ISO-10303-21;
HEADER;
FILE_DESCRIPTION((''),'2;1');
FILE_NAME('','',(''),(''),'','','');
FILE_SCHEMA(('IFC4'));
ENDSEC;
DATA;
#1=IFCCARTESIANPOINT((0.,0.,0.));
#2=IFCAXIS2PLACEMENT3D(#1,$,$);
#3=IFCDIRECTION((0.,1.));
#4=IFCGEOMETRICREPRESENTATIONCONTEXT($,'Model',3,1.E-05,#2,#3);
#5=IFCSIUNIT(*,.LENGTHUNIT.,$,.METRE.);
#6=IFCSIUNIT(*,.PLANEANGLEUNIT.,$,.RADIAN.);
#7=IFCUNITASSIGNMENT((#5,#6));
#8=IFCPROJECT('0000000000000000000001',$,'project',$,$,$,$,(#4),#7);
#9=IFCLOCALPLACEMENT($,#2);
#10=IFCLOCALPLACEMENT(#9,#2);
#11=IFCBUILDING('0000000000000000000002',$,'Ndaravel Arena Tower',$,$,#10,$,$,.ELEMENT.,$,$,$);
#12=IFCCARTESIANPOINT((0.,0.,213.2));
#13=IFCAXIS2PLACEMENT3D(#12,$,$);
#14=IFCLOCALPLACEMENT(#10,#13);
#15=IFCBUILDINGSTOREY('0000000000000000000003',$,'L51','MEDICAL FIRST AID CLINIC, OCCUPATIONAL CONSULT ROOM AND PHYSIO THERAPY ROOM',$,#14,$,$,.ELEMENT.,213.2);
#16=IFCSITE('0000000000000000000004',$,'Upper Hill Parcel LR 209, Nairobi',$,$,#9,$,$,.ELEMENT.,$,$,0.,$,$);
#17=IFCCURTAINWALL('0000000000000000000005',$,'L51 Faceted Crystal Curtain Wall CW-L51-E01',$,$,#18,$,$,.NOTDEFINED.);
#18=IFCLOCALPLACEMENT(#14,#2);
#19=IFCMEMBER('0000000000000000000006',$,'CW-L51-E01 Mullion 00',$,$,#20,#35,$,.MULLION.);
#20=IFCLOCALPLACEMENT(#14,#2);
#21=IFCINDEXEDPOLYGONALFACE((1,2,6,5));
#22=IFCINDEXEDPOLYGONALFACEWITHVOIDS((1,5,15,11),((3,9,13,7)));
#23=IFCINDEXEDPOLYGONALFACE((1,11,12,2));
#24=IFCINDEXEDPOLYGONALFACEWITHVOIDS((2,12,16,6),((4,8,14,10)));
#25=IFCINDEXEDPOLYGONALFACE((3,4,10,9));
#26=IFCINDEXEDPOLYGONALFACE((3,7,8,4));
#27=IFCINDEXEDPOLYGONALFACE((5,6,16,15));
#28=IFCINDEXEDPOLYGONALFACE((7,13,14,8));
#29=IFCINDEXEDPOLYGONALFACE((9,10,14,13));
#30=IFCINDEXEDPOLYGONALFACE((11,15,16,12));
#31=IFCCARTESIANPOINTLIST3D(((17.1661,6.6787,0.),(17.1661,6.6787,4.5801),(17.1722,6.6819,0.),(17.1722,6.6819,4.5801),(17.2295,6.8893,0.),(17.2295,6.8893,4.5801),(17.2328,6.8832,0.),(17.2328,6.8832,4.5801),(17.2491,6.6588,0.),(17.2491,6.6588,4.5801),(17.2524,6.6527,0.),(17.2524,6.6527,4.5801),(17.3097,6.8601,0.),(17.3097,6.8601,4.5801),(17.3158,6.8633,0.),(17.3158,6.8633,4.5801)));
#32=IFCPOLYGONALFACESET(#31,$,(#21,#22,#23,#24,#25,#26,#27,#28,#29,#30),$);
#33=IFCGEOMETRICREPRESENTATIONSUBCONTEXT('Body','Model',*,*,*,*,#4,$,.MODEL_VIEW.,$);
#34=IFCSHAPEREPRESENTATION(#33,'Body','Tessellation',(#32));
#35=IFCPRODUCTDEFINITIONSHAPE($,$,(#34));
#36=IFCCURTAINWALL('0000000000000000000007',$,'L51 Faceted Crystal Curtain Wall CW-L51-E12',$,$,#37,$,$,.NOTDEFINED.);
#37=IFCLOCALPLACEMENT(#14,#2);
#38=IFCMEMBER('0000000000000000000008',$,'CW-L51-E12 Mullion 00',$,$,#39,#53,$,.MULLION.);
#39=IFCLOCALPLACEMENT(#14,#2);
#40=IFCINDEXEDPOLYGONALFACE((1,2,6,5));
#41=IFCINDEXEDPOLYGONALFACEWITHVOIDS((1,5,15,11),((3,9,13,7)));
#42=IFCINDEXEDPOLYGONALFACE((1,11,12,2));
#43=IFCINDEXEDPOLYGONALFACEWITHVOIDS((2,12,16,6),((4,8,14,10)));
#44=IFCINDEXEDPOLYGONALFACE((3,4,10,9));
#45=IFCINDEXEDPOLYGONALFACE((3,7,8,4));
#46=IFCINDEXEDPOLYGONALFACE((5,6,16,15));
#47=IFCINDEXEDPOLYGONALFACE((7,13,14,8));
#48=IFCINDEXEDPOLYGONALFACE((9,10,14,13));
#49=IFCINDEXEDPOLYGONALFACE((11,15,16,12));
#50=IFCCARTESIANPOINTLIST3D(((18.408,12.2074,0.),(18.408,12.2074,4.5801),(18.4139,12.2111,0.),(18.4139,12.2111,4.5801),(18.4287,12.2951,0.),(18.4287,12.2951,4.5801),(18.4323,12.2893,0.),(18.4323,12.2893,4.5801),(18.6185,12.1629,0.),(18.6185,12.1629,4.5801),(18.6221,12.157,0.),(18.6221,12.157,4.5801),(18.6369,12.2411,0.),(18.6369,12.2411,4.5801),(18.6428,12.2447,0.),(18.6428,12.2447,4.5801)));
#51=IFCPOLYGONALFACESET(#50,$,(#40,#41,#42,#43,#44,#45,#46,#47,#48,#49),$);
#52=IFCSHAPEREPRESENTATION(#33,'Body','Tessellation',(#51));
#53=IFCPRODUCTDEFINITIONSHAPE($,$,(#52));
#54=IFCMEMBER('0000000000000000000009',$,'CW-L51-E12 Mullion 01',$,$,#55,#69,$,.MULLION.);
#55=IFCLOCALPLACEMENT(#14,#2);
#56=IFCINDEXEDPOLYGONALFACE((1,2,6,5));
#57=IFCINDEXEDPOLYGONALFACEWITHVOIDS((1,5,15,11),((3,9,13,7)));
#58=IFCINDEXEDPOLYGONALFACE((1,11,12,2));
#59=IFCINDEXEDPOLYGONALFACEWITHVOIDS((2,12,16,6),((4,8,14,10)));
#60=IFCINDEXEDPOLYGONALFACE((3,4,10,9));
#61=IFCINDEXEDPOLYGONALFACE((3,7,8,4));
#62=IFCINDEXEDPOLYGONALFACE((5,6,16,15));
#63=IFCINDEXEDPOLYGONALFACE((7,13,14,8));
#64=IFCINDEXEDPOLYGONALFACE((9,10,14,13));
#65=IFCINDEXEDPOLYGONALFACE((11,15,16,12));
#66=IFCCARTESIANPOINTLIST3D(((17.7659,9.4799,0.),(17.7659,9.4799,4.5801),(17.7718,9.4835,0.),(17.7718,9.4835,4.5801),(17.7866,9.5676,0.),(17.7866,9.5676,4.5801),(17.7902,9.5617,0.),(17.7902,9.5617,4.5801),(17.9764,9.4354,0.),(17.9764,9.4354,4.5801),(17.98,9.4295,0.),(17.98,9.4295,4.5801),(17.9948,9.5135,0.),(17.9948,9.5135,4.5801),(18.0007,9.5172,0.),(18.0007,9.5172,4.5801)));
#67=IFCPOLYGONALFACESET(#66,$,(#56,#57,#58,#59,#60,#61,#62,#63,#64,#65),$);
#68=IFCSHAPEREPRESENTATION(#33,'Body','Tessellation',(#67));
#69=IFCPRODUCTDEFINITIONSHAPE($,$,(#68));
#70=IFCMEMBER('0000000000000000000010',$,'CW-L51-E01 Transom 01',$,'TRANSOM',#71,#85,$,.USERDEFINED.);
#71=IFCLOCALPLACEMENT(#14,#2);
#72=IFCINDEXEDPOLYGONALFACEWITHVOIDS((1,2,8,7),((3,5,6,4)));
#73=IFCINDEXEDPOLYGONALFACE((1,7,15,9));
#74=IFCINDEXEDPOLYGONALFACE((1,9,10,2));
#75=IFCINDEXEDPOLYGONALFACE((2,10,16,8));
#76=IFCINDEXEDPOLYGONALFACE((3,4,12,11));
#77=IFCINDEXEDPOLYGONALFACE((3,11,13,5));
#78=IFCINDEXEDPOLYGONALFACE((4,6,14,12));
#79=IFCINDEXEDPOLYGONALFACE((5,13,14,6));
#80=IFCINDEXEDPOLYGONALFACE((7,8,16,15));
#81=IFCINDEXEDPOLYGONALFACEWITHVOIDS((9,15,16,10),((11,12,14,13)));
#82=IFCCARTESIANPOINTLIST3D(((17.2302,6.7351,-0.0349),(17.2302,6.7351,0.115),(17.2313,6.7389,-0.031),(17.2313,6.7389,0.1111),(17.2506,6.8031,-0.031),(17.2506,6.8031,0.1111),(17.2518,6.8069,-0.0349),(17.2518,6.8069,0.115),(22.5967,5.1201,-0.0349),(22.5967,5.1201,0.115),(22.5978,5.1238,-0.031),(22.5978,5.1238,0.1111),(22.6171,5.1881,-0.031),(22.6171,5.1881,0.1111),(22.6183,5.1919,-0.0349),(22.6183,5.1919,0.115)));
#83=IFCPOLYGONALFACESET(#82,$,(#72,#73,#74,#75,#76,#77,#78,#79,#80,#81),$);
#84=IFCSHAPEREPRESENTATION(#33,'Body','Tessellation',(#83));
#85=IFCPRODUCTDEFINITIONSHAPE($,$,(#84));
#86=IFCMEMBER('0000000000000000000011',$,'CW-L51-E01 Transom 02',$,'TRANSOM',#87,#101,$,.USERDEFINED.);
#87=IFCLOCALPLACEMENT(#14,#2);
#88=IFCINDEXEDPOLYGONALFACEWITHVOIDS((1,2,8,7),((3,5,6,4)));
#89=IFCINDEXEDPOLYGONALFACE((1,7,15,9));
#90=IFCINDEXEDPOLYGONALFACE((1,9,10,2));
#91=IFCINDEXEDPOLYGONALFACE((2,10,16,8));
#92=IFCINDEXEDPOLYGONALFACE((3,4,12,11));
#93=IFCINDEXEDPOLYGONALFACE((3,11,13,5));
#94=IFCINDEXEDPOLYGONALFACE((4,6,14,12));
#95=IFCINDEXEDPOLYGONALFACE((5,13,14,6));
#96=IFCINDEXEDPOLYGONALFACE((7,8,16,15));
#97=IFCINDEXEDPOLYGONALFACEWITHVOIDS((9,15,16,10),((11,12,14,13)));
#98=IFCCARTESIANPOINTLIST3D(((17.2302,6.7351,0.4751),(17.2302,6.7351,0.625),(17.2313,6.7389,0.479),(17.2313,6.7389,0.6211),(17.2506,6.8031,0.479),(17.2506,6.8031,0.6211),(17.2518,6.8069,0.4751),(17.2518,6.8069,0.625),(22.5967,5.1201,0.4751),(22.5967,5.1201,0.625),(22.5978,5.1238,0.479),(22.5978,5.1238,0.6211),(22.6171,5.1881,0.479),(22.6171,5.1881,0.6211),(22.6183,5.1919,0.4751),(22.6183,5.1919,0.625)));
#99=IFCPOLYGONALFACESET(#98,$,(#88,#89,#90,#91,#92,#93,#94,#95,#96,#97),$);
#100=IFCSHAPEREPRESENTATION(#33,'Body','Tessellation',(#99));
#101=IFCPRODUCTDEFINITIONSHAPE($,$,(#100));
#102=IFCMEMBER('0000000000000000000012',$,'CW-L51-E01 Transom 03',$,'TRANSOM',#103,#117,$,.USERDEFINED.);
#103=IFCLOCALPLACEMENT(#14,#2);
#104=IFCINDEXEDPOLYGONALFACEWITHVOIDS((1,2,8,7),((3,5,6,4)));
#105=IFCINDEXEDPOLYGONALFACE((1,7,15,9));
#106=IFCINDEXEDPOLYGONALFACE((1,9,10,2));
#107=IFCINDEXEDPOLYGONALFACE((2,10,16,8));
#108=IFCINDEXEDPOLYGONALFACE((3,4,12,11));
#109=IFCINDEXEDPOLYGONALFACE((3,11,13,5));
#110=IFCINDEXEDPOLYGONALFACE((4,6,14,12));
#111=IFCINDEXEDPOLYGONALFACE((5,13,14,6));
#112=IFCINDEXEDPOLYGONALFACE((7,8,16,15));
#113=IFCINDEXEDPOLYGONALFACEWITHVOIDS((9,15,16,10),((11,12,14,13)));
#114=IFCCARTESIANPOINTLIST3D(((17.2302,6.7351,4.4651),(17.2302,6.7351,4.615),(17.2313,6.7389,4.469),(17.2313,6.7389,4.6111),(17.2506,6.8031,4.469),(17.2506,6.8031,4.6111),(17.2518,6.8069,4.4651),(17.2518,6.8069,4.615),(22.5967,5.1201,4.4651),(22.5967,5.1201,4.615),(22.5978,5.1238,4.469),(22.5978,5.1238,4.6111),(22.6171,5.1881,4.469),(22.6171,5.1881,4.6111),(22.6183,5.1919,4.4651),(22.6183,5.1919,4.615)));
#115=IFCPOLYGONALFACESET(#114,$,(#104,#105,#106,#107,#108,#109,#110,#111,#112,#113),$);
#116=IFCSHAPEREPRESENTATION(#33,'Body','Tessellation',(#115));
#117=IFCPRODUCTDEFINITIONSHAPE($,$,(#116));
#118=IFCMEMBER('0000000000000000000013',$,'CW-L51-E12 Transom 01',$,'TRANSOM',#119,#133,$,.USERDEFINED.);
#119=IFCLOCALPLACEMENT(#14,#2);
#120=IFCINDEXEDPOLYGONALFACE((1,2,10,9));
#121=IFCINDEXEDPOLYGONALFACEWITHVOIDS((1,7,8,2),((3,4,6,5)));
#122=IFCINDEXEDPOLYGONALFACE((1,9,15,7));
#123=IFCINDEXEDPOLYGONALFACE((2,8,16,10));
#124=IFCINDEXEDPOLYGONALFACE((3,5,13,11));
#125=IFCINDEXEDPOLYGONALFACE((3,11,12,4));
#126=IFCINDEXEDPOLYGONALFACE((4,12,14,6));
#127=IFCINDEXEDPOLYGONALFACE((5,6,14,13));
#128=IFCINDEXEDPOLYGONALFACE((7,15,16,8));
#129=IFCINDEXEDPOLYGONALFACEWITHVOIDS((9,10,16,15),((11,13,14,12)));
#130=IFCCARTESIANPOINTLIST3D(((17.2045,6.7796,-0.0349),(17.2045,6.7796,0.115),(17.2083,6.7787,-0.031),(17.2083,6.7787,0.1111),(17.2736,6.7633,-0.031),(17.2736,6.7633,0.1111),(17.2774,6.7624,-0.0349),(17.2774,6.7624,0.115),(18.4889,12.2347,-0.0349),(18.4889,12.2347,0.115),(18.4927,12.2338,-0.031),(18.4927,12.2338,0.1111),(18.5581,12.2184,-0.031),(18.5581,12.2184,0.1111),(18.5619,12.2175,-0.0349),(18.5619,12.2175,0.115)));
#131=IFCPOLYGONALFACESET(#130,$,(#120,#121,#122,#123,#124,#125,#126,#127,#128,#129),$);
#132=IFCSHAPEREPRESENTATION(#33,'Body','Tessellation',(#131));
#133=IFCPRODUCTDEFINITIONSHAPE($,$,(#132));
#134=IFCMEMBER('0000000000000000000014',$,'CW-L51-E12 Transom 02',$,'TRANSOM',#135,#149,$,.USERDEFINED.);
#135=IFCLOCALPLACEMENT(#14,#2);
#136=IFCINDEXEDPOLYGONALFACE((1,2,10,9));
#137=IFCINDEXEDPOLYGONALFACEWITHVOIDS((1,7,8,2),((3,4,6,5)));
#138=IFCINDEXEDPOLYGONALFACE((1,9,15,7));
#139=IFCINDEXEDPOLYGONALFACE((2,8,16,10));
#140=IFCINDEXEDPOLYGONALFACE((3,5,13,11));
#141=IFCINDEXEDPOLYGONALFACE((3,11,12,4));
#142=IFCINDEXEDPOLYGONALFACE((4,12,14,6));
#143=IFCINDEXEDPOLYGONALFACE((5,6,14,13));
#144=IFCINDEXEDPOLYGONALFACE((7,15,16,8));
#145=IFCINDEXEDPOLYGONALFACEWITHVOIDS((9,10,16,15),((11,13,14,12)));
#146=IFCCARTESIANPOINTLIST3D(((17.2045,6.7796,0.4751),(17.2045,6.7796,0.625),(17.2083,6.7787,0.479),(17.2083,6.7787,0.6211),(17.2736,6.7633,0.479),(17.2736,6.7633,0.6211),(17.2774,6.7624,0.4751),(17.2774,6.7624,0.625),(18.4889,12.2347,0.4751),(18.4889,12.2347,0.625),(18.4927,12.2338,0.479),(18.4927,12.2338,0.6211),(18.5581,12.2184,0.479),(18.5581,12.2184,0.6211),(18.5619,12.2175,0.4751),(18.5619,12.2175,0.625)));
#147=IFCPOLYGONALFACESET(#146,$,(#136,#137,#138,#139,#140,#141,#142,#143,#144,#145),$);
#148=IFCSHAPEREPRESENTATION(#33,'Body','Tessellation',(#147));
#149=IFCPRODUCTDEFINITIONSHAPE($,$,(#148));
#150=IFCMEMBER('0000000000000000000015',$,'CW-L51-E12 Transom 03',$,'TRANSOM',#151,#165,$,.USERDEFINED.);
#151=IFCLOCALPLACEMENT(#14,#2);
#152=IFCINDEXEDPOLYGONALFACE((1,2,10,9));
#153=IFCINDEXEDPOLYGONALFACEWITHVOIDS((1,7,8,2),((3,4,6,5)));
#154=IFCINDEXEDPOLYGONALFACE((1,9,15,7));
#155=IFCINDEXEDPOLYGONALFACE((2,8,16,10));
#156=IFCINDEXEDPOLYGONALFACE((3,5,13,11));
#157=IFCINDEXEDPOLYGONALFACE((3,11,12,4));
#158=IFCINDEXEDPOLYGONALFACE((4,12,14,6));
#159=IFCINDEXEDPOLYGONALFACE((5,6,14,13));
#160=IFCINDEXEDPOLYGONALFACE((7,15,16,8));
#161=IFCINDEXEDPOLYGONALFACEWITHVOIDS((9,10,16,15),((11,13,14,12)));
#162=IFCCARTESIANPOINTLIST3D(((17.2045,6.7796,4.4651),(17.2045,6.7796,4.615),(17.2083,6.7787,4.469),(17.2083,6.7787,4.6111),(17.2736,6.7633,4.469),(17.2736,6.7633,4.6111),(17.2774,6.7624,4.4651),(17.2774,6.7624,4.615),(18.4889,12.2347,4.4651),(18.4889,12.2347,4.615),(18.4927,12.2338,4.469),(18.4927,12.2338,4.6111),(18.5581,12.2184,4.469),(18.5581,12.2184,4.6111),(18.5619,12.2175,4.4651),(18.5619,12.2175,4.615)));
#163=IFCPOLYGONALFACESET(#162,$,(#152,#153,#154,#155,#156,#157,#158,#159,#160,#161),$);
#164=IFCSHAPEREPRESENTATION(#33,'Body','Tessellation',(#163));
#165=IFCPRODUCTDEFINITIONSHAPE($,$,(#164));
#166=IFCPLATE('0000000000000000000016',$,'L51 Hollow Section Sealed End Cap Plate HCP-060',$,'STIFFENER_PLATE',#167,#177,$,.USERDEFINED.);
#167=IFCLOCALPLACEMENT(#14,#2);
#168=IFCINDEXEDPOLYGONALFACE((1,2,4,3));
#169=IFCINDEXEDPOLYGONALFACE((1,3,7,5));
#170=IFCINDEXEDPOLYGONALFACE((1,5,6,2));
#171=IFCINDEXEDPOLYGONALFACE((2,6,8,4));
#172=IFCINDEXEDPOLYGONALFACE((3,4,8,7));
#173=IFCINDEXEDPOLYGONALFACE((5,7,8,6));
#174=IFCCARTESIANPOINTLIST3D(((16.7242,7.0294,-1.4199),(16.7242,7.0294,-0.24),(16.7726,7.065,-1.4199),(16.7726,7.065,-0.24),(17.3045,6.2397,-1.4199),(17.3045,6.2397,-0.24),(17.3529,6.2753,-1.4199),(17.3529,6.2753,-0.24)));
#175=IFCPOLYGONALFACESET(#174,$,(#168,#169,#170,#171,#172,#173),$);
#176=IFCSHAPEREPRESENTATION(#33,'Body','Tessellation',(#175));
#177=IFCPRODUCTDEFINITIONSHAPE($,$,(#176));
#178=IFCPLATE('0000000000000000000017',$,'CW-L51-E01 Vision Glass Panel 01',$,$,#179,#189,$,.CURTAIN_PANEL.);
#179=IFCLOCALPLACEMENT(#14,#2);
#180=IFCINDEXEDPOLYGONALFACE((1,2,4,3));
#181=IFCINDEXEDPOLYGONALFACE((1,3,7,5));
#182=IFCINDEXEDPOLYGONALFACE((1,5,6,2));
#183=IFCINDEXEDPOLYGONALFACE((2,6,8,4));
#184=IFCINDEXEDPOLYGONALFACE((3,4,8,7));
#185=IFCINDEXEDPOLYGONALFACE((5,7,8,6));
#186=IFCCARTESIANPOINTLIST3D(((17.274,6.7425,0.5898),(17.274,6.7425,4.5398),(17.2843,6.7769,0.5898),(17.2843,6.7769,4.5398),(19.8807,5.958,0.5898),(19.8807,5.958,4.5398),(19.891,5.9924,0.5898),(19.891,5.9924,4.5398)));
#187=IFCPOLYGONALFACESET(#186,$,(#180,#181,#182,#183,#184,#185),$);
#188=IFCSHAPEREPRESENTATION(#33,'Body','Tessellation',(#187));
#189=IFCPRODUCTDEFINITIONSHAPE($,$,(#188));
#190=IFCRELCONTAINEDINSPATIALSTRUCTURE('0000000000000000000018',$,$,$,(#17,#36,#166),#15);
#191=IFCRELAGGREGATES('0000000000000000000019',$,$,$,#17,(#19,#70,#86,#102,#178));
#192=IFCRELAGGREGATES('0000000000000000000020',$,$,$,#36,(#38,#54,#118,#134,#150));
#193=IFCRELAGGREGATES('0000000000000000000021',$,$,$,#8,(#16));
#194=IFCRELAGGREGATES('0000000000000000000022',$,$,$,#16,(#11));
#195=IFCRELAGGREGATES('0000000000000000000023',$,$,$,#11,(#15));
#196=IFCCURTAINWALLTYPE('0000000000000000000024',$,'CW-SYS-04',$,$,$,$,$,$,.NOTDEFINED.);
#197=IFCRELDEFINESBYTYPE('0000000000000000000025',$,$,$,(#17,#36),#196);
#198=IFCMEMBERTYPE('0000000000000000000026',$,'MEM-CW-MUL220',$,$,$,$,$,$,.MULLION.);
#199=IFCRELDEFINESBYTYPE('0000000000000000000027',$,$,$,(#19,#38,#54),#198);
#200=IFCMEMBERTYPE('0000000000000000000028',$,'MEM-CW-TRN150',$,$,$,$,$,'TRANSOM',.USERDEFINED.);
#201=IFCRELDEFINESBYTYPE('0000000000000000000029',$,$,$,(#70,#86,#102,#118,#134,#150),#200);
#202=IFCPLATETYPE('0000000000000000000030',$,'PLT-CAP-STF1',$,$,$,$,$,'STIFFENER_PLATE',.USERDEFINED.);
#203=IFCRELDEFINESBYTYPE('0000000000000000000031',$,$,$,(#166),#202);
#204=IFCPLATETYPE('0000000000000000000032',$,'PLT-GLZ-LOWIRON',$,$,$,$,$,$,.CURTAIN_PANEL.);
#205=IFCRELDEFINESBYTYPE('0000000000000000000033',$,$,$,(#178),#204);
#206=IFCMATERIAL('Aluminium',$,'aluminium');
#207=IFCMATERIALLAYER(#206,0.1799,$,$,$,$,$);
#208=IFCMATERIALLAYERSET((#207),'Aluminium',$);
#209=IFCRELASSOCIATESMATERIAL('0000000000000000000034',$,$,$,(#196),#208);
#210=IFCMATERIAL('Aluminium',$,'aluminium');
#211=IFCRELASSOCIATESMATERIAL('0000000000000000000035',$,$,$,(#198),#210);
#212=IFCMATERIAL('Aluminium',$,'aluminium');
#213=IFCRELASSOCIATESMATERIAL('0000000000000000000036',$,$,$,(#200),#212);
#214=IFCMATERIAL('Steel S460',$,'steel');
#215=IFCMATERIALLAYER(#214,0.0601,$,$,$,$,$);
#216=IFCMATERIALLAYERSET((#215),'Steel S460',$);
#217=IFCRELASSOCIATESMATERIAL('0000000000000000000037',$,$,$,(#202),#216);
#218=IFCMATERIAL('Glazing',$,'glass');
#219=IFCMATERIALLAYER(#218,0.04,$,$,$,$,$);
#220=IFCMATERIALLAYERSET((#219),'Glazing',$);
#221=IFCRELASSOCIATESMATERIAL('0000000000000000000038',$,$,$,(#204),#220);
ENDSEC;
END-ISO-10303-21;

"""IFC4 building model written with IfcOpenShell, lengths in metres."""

from ifc_helpers import new_model, si_unit, direction, frame, origin, origin_2d, place, context, subcontext, project, spatial, rectangle, hollow_rectangle, extrude, material, layer, layer_set, material_profile, profile_set, type_object, element, aggregate, save


model = new_model("IFC4")

# Units and contexts
model_context = context("Model", 3, precision=1e-05, world=origin(), true_north=direction((0.0, 1.0)))
body_context = subcontext(model_context, "Body", "Model", "MODEL_VIEW")
ifc_project = project(units=[si_unit("LENGTHUNIT", "METRE"), si_unit("PLANEANGLEUNIT", "RADIAN")], contexts=[model_context])

# Site, building, storey
site_placement = place(None, origin())
site = spatial("IfcSite", under=ifc_project, at=site_placement, Name="Upper Hill Parcel LR 209, Nairobi", CompositionType="ELEMENT", RefElevation=0.0)
building_placement = place(site_placement, origin())
building = spatial("IfcBuilding", under=site, at=building_placement, Name="Ndaravel Arena Tower", CompositionType="ELEMENT")
storey_placement = place(building_placement, frame((0.0, 0.0, 213.2)))
storey = spatial("IfcBuildingStorey", under=building, at=storey_placement, Name="L51", Description="MEDICAL FIRST AID CLINIC, OCCUPATIONAL CONSULT ROOM AND PHYSIO THERAPY ROOM", CompositionType="ELEMENT", Elevation=213.2)

# Curtain wall, member
ifc_material_1 = material(Name="Aluminium", Category="aluminium")
ifc_layer_1 = layer(ifc_material_1, 0.1799)
ifc_layer_set_1 = layer_set([ifc_layer_1], Name="Aluminium")
curtain_wall_type = type_object("IfcCurtainWallType", Name="CW-SYS-04", PredefinedType="NOTDEFINED", material=ifc_layer_set_1)
curtain_wall_1_placement = place(storey_placement, origin())
curtain_wall_1 = element("IfcCurtainWall", 1, at=curtain_wall_1_placement, inside=storey, type_object=curtain_wall_type, Name="L51 Faceted Crystal Curtain Wall CW-L51-E01", PredefinedType="NOTDEFINED")
ifc_material_2 = material(Name="Aluminium", Category="aluminium")
ifc_material_profile_1 = material_profile(ifc_material_2, hollow_rectangle(XDim=0.0901, YDim=0.22, WallThickness=0.0049, at=origin_2d()), Name="CW MULLION 90x220x5")
ifc_profile_set_1 = profile_set([ifc_material_profile_1], Name="Aluminium")
member_type_1 = type_object("IfcMemberType", Name="MEM-CW-MUL220", PredefinedType="MULLION", material=ifc_profile_set_1)
member_1_placement = place(storey_placement, frame((17.241, 6.771, 0.0), z_axis=(0.0, 0.0, 1.0), x_axis=(0.957576, -0.28818, 0.0)))
member_1 = element("IfcMember", 2, at=member_1_placement, type_object=member_type_1, Name="CW-L51-E01 Mullion 00", PredefinedType="MULLION", context=body_context, shape_type="SweptSolid", body=[
    extrude(hollow_rectangle(XDim=0.0901, YDim=0.22, WallThickness=0.0049, at=origin_2d()), origin(), (0.0, 0.0, 1.0), 4.5801),
])

# Curtain wall, members
curtain_wall_2_placement = place(storey_placement, origin())
curtain_wall_2 = element("IfcCurtainWall", 3, at=curtain_wall_2_placement, inside=storey, type_object=curtain_wall_type, Name="L51 Faceted Crystal Curtain Wall CW-L51-E12", PredefinedType="NOTDEFINED")
member_2_placement = place(storey_placement, frame((18.5254, 12.2261, 0.0), z_axis=(0.0, 0.0, 1.0), x_axis=(-0.229217, -0.973375, 0.0)))
member_2 = element("IfcMember", 4, at=member_2_placement, type_object=member_type_1, Name="CW-L51-E12 Mullion 00", PredefinedType="MULLION", context=body_context, shape_type="SweptSolid", body=[
    extrude(hollow_rectangle(XDim=0.0901, YDim=0.22, WallThickness=0.0049, at=origin_2d()), origin(), (0.0, 0.0, 1.0), 4.5801),
])
member_3_placement = place(storey_placement, frame((17.8833, 9.4985, 0.0), z_axis=(0.0, 0.0, 1.0), x_axis=(-0.229217, -0.973375, 0.0)))
member_3 = element("IfcMember", 5, at=member_3_placement, type_object=member_type_1, Name="CW-L51-E12 Mullion 01", PredefinedType="MULLION", context=body_context, shape_type="SweptSolid", body=[
    extrude(hollow_rectangle(XDim=0.0901, YDim=0.22, WallThickness=0.0049, at=origin_2d()), origin(), (0.0, 0.0, 1.0), 4.5801),
])

# Members
ifc_material_3 = material(Name="Aluminium", Category="aluminium")
ifc_material_profile_2 = material_profile(ifc_material_3, hollow_rectangle(XDim=0.075, YDim=0.1499, WallThickness=0.0039, at=origin_2d()), Name="CW TRANSOM 75x150x4")
ifc_profile_set_2 = profile_set([ifc_material_profile_2], Name="Aluminium")
member_type_2 = type_object("IfcMemberType", Name="MEM-CW-TRN150", ElementType="TRANSOM", PredefinedType="USERDEFINED", material=ifc_profile_set_2)
member_4_placement = place(storey_placement, frame((17.241, 6.771, 0.04), z_axis=(0.957578, -0.288175, 0.0), x_axis=(0.288175, 0.957578, 0.0)))
member_4 = element("IfcMember", 6, at=member_4_placement, type_object=member_type_2, Name="CW-L51-E01 Transom 01", ObjectType="TRANSOM", PredefinedType="USERDEFINED", context=body_context, shape_type="SweptSolid", body=[
    extrude(hollow_rectangle(XDim=0.075, YDim=0.1499, WallThickness=0.0039, at=origin_2d()), origin(), (0.0, 0.0, 1.0), 5.6042),
])
member_5_placement = place(storey_placement, frame((17.241, 6.771, 0.55), z_axis=(0.957578, -0.288175, 0.0), x_axis=(0.288175, 0.957578, 0.0)))
member_5 = element("IfcMember", 7, at=member_5_placement, type_object=member_type_2, Name="CW-L51-E01 Transom 02", ObjectType="TRANSOM", PredefinedType="USERDEFINED", context=body_context, shape_type="SweptSolid", body=[
    extrude(hollow_rectangle(XDim=0.075, YDim=0.1499, WallThickness=0.0039, at=origin_2d()), origin(), (0.0, 0.0, 1.0), 5.6042),
])
member_6_placement = place(storey_placement, frame((17.241, 6.771, 4.54), z_axis=(0.957578, -0.288175, 0.0), x_axis=(0.288175, 0.957578, 0.0)))
member_6 = element("IfcMember", 8, at=member_6_placement, type_object=member_type_2, Name="CW-L51-E01 Transom 03", ObjectType="TRANSOM", PredefinedType="USERDEFINED", context=body_context, shape_type="SweptSolid", body=[
    extrude(hollow_rectangle(XDim=0.075, YDim=0.1499, WallThickness=0.0039, at=origin_2d()), origin(), (0.0, 0.0, 1.0), 5.6042),
])
member_7_placement = place(storey_placement, frame((18.5254, 12.2261, 0.04), z_axis=(-0.229187, -0.973382, 0.0), x_axis=(0.973382, -0.229187, 0.0)))
member_7 = element("IfcMember", 9, at=member_7_placement, type_object=member_type_2, Name="CW-L51-E12 Transom 01", ObjectType="TRANSOM", PredefinedType="USERDEFINED", context=body_context, shape_type="SweptSolid", body=[
    extrude(hollow_rectangle(XDim=0.075, YDim=0.1499, WallThickness=0.0039, at=origin_2d()), origin(), (0.0, 0.0, 1.0), 5.6042),
])
member_8_placement = place(storey_placement, frame((18.5254, 12.2261, 0.55), z_axis=(-0.229187, -0.973382, 0.0), x_axis=(0.973382, -0.229187, 0.0)))
member_8 = element("IfcMember", 10, at=member_8_placement, type_object=member_type_2, Name="CW-L51-E12 Transom 02", ObjectType="TRANSOM", PredefinedType="USERDEFINED", context=body_context, shape_type="SweptSolid", body=[
    extrude(hollow_rectangle(XDim=0.075, YDim=0.1499, WallThickness=0.0039, at=origin_2d()), origin(), (0.0, 0.0, 1.0), 5.6042),
])
member_9_placement = place(storey_placement, frame((18.5254, 12.2261, 4.54), z_axis=(-0.229187, -0.973382, 0.0), x_axis=(0.973382, -0.229187, 0.0)))
member_9 = element("IfcMember", 11, at=member_9_placement, type_object=member_type_2, Name="CW-L51-E12 Transom 03", ObjectType="TRANSOM", PredefinedType="USERDEFINED", context=body_context, shape_type="SweptSolid", body=[
    extrude(hollow_rectangle(XDim=0.075, YDim=0.1499, WallThickness=0.0039, at=origin_2d()), origin(), (0.0, 0.0, 1.0), 5.6042),
])

# Plates
ifc_material_4 = material(Name="Steel S460", Category="steel")
ifc_layer_2 = layer(ifc_material_4, 0.0601)
ifc_layer_set_2 = layer_set([ifc_layer_2], Name="Steel S460")
plate_type_1 = type_object("IfcPlateType", Name="PLT-CAP-STF1", ElementType="STIFFENER_PLATE", PredefinedType="USERDEFINED", material=ifc_layer_set_2)
plate_1_placement = place(storey_placement, frame((17.0386, 6.6523, -1.4199), z_axis=(0.0, 0.0, 1.0), x_axis=(-0.805825, -0.592154, 0.0)))
element("IfcPlate", 12, at=plate_1_placement, inside=storey, type_object=plate_type_1, Name="L51 Hollow Section Sealed End Cap Plate HCP-060", ObjectType="STIFFENER_PLATE", PredefinedType="USERDEFINED", context=body_context, shape_type="SweptSolid", body=[
    extrude(rectangle(XDim=0.0601, YDim=0.98, at=origin_2d()), origin(), (0.0, 0.0, 1.0), 1.1799),
])
ifc_material_5 = material(Name="Glazing", Category="glass")
ifc_layer_3 = layer(ifc_material_5, 0.04)
ifc_layer_set_3 = layer_set([ifc_layer_3], Name="Glazing")
plate_type_2 = type_object("IfcPlateType", Name="PLT-GLZ-LOWIRON", PredefinedType="CURTAIN_PANEL", material=ifc_layer_set_3)
plate_2_placement = place(storey_placement, frame((18.5825, 6.3674, 0.5898), z_axis=(0.0, 0.0, 1.0), x_axis=(0.957576, -0.28818, 0.0)))
plate_2 = element("IfcPlate", 13, at=plate_2_placement, type_object=plate_type_2, Name="CW-L51-E01 Vision Glass Panel 01", PredefinedType="CURTAIN_PANEL", context=body_context, shape_type="SweptSolid", body=[
    extrude(rectangle(XDim=2.7222, YDim=0.0359, at=origin_2d()), origin(), (0.0, 0.0, 1.0), 3.95),
])
aggregate(curtain_wall_1, [member_1, member_4, member_5, member_6, plate_2])
aggregate(curtain_wall_2, [member_2, member_3, member_7, member_8, member_9])

save(model, "model.ifc")
